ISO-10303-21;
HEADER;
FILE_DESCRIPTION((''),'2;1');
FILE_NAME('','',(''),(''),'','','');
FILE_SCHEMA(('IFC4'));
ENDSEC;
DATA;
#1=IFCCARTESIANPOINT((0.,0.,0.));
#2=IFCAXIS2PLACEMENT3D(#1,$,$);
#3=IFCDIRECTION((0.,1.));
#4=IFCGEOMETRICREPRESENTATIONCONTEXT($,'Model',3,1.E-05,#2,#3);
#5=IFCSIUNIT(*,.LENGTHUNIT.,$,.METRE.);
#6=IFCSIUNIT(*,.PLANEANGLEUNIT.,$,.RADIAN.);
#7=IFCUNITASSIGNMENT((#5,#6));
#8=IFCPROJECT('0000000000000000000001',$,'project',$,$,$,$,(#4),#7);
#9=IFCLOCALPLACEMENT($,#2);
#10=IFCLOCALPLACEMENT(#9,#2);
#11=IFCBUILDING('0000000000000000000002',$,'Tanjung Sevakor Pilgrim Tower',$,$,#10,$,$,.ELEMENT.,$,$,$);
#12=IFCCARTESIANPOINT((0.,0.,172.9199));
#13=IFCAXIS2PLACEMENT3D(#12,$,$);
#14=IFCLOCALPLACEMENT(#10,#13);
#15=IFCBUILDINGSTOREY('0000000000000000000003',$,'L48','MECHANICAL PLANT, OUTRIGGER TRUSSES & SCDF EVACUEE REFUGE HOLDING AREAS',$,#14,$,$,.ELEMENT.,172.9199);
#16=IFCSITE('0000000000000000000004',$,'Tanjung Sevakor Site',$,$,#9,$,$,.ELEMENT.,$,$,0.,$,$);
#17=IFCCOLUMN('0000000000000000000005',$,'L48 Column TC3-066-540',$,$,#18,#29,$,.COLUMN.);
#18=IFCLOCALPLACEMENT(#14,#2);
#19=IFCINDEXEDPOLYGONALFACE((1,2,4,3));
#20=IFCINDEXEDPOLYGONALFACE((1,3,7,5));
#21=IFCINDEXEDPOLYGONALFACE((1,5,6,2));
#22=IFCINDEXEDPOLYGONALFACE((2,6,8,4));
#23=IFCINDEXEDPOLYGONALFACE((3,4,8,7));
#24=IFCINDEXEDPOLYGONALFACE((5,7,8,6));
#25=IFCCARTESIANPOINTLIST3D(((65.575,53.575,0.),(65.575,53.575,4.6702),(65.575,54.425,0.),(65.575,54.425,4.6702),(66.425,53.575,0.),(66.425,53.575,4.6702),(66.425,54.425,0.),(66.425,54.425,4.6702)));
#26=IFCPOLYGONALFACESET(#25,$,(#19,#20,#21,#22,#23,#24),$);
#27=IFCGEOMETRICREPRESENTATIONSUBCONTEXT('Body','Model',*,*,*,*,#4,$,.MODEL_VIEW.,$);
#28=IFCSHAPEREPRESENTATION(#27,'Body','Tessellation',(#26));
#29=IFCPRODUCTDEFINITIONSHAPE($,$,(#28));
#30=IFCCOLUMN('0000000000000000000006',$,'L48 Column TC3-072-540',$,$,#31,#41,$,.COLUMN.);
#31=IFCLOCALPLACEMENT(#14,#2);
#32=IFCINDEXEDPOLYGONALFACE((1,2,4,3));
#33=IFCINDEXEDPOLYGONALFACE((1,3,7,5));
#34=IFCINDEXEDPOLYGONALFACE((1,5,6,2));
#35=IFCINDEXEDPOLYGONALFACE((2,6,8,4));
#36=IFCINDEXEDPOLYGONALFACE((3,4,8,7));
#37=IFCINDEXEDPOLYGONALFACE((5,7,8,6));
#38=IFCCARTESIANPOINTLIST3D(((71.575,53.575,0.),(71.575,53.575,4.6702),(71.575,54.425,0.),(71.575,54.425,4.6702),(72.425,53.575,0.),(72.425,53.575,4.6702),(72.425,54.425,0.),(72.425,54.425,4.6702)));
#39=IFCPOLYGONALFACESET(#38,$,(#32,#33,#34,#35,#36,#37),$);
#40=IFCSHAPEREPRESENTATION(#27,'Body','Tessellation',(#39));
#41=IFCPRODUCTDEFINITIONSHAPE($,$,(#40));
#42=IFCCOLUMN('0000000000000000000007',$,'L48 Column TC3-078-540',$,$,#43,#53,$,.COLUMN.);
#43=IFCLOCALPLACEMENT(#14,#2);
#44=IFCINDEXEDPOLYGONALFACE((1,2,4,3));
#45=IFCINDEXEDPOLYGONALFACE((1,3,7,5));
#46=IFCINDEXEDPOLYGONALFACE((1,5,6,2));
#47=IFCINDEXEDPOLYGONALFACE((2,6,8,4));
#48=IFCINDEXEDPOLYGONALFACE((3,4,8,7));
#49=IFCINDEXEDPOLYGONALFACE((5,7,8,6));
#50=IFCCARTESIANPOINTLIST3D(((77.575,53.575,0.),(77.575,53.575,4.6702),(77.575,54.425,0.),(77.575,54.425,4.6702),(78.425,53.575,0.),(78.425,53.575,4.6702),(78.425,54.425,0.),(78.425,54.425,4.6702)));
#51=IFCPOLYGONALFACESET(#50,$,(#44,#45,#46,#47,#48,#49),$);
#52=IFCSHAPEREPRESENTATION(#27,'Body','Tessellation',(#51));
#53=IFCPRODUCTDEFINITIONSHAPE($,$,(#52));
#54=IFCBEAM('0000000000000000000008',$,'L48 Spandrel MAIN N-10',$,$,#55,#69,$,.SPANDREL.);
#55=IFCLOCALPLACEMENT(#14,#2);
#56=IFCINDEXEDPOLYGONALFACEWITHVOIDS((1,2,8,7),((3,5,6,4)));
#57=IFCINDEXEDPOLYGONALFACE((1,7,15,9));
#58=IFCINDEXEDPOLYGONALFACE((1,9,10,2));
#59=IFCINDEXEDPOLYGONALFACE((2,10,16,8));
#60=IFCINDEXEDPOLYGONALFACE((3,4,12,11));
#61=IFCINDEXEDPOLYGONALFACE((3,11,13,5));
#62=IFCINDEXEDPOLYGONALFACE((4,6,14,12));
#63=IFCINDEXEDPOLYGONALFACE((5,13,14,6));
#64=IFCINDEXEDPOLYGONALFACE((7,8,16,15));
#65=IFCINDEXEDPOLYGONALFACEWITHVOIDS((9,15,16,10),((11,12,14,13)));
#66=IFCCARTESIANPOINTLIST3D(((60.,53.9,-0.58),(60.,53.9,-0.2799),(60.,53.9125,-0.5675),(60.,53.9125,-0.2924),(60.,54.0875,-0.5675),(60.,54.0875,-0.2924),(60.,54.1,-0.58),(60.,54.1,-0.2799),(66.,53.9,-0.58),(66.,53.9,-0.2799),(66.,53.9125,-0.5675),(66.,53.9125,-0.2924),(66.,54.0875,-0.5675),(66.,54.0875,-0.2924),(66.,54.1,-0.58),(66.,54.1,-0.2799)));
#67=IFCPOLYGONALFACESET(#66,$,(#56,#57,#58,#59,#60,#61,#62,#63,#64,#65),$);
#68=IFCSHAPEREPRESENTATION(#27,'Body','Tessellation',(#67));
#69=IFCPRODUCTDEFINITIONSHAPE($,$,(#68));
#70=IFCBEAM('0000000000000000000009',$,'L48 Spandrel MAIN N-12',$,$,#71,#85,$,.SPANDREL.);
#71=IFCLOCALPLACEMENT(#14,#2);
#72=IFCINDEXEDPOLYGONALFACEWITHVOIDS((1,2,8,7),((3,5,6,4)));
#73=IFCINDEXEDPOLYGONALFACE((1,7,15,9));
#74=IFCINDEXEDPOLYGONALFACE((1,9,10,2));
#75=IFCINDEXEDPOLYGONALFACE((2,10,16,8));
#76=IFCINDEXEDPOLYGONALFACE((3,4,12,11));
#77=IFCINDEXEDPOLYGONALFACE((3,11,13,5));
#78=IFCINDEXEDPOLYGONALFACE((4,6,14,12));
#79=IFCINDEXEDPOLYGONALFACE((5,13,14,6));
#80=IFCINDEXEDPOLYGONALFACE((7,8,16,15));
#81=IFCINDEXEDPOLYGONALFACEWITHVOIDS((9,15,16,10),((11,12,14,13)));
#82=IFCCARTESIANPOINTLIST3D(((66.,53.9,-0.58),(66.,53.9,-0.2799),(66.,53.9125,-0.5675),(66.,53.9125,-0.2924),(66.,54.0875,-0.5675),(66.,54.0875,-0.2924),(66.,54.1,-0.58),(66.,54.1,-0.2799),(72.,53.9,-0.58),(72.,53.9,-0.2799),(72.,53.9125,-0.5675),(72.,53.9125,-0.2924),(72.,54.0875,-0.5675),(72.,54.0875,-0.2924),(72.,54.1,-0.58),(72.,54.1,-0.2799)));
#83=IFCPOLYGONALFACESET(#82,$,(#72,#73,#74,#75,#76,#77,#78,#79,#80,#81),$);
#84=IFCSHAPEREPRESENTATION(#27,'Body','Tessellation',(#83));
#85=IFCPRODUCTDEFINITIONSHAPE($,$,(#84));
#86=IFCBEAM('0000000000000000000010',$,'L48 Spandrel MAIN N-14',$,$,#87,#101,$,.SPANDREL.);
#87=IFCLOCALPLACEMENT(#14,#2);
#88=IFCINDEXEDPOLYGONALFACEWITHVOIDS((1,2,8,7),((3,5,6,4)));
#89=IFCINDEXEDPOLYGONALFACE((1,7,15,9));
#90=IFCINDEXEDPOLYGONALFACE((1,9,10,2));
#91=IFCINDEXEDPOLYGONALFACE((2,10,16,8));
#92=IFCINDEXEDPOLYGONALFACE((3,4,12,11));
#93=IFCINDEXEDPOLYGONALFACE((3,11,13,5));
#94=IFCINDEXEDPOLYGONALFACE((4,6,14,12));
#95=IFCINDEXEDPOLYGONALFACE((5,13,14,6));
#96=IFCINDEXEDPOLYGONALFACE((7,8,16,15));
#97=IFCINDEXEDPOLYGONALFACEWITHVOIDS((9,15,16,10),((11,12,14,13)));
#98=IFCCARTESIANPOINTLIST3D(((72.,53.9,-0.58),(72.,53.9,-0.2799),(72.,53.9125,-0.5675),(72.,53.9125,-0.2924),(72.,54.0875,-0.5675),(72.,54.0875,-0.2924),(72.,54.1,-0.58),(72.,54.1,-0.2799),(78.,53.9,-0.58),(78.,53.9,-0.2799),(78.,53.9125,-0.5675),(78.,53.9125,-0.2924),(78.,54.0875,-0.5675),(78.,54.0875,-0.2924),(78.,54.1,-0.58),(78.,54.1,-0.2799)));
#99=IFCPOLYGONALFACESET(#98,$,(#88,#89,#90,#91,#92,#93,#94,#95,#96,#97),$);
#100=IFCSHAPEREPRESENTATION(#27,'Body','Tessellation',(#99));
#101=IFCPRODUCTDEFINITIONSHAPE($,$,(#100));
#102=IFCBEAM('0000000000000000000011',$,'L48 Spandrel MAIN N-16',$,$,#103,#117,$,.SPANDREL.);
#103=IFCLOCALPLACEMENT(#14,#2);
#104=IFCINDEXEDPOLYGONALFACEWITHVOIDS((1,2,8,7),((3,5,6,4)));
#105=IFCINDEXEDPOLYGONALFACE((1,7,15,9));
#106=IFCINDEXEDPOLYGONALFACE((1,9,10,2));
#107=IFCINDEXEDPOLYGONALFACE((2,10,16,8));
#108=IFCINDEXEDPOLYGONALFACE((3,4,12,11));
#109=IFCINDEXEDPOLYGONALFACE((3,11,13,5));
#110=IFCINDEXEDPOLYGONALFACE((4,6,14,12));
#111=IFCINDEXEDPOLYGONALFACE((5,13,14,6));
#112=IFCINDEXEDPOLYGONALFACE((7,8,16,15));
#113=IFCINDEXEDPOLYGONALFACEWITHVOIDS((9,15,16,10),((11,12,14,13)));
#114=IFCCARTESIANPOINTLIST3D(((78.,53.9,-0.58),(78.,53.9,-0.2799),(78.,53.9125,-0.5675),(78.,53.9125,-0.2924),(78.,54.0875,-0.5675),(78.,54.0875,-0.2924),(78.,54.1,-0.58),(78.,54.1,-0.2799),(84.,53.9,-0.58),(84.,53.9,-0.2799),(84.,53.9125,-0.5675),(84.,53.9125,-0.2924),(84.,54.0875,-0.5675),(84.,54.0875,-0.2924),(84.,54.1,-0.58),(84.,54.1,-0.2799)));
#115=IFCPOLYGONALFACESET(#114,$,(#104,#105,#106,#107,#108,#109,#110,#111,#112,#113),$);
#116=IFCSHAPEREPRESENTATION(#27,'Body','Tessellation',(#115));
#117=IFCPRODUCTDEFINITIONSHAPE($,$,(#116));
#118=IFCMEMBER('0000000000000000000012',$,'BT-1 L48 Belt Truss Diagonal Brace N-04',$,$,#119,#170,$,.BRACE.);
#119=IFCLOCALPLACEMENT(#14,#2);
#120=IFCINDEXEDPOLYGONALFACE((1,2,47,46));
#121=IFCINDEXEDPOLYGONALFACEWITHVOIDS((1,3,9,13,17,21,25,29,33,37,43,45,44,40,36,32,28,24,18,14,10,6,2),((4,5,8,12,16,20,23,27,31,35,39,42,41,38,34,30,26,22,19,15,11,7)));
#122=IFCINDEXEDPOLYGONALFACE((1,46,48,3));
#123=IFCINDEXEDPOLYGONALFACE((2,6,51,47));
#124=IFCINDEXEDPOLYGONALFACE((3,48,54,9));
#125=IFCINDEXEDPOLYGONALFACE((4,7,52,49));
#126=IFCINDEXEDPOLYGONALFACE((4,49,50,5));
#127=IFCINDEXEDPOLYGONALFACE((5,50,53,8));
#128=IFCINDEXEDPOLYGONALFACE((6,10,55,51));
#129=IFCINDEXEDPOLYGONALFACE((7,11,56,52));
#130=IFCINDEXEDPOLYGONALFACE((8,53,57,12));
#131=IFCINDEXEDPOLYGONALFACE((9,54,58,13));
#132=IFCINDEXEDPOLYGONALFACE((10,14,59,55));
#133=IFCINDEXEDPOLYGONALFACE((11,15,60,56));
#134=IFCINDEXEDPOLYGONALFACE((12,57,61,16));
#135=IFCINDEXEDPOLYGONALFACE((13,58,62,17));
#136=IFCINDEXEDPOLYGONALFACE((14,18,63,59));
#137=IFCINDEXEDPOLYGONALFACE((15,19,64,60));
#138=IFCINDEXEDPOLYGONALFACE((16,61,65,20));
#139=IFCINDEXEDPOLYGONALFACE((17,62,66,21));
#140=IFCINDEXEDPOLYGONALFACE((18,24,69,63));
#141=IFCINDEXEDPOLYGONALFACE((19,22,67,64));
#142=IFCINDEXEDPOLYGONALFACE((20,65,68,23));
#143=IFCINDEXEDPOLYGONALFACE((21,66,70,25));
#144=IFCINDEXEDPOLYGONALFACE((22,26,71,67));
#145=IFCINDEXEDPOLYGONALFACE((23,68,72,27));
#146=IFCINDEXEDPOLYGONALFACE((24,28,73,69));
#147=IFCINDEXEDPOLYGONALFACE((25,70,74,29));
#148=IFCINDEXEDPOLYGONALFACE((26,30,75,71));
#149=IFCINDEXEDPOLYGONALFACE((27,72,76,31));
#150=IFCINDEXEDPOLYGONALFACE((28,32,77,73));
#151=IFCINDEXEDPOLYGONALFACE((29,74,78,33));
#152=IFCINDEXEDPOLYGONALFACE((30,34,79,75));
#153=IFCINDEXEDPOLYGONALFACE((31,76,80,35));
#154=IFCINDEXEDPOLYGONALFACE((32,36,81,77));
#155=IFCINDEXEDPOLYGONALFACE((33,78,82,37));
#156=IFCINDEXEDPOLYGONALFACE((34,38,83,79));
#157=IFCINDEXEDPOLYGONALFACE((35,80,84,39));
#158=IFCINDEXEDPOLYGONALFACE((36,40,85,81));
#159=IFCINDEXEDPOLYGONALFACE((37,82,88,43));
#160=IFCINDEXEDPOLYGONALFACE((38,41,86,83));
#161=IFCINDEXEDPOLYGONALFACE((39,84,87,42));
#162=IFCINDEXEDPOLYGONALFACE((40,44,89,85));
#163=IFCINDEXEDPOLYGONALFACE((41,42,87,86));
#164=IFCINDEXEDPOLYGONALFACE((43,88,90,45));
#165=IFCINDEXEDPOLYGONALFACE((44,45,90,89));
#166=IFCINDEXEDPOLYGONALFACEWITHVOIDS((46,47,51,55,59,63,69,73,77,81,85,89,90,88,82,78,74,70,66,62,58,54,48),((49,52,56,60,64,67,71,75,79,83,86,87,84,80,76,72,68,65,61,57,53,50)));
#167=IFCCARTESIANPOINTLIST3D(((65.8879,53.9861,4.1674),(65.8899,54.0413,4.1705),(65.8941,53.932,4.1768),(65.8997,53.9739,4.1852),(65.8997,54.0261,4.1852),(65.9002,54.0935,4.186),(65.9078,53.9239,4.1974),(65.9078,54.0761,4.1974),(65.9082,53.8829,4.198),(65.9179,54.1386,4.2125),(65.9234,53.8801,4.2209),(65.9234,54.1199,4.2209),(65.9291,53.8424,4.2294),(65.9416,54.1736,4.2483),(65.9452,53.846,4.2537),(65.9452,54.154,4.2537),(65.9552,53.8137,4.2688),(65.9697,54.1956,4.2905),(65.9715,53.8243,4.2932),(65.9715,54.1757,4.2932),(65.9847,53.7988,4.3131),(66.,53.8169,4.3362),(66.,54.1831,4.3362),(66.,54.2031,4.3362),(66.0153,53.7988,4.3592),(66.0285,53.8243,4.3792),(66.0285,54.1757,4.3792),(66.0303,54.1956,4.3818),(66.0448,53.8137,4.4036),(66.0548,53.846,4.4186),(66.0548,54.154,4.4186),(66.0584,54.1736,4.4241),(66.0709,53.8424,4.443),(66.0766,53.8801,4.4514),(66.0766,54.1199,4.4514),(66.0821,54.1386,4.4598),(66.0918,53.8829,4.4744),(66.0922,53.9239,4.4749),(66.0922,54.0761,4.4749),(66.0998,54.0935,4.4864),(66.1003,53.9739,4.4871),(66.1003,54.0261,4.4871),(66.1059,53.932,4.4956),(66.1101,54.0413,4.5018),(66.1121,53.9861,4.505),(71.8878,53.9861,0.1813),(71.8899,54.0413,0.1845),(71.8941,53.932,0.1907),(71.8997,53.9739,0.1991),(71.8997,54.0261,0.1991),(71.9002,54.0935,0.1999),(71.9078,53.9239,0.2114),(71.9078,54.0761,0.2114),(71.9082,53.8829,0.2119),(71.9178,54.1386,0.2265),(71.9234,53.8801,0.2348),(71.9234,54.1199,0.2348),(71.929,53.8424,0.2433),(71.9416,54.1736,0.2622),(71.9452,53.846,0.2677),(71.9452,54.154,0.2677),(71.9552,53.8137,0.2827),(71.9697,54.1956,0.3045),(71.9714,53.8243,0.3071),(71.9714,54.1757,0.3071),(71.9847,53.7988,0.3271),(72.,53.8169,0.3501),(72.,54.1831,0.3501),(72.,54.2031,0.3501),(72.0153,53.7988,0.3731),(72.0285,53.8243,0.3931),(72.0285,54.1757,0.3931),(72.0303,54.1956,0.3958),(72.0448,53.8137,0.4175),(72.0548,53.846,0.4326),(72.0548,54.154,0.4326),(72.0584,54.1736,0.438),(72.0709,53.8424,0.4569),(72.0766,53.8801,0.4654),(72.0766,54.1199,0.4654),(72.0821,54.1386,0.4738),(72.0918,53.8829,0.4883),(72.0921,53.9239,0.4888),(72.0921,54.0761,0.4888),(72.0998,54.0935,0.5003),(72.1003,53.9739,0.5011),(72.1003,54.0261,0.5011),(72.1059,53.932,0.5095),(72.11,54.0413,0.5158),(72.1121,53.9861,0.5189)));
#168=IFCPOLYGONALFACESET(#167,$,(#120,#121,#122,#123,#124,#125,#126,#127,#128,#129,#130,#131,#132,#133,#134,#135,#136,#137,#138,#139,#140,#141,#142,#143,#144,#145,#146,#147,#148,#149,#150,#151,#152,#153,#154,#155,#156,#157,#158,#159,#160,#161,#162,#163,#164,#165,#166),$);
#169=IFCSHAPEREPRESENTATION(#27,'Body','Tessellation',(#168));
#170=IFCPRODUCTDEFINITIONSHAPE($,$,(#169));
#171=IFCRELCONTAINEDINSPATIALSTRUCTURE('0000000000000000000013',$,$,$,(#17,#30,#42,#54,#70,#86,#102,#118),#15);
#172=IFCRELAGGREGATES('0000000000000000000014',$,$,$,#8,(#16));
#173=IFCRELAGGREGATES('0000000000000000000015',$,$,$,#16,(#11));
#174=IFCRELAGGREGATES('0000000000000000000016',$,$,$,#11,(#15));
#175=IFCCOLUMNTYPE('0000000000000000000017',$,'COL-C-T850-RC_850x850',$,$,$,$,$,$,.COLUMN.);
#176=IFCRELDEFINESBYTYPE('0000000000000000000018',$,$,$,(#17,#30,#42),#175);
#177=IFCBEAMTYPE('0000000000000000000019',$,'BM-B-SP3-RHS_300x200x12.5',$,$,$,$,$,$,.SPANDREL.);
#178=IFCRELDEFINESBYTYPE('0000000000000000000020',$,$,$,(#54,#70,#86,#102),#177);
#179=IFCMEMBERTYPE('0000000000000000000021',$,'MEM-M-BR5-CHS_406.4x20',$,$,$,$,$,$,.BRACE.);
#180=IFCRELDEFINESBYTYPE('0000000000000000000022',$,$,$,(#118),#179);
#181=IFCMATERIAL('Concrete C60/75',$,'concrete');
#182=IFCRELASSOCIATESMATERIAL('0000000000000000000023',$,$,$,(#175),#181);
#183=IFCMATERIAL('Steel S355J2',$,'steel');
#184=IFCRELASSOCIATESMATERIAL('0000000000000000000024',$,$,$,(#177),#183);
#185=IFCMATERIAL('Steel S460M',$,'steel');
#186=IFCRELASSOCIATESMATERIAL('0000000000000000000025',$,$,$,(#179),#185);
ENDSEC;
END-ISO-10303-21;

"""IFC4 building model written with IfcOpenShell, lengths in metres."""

from ifc_helpers import new_model, si_unit, direction, frame, origin, origin_2d, place, context, subcontext, project, spatial, rectangle, hollow_rectangle, hollow_circle, extrude, material, material_profile, profile_set, type_object, element, save


model = new_model("IFC4")

# Units and contexts
model_context = context("Model", 3, precision=1e-05, world=origin(), true_north=direction((0.0, 1.0)))
body_context = subcontext(model_context, "Body", "Model", "MODEL_VIEW")
ifc_project = project(units=[si_unit("LENGTHUNIT", "METRE"), si_unit("PLANEANGLEUNIT", "RADIAN")], contexts=[model_context])

# Site, building, storey
site_placement = place(None, origin())
site = spatial("IfcSite", under=ifc_project, at=site_placement, Name="Tanjung Sevakor Site", CompositionType="ELEMENT", RefElevation=0.0)
building_placement = place(site_placement, origin())
building = spatial("IfcBuilding", under=site, at=building_placement, Name="Tanjung Sevakor Pilgrim Tower", CompositionType="ELEMENT")
storey_placement = place(building_placement, frame((0.0, 0.0, 172.9199)))
storey = spatial("IfcBuildingStorey", under=building, at=storey_placement, Name="L48", Description="MECHANICAL PLANT, OUTRIGGER TRUSSES & SCDF EVACUEE REFUGE HOLDING AREAS", CompositionType="ELEMENT", Elevation=172.9199)

# Columns
ifc_material_1 = material(Name="Concrete C60/75", Category="concrete")
ifc_material_profile_1 = material_profile(ifc_material_1, rectangle(XDim=0.8501, YDim=0.8501, at=origin_2d()))
ifc_profile_set_1 = profile_set([ifc_material_profile_1], Name="Concrete C60/75")
column_type = type_object("IfcColumnType", Name="COL-C-T850-RC_850x850", PredefinedType="COLUMN", material=ifc_profile_set_1)
for number, where, z_axis, x_axis, name in (
    (1, (66.0, 54.0, 0.0), (0.0, 0.0, 1.0), (1.0, 0.0, 0.0), "L48 Column TC3-066-540"),
    (2, (72.0, 54.0, 0.0), (0.0, 0.0, 1.0), (1.0, 0.0, 0.0), "L48 Column TC3-072-540"),
    (3, (78.0, 54.0, 0.0), (0.0, 0.0, 1.0), (1.0, 0.0, 0.0), "L48 Column TC3-078-540"),
):
    element("IfcColumn", number, at=place(storey_placement, frame(where, z_axis=z_axis, x_axis=x_axis)), inside=storey, type_object=column_type, Name=name, PredefinedType="COLUMN", context=body_context, shape_type="SweptSolid", body=[
        extrude(rectangle(XDim=0.8501, YDim=0.8501, at=origin_2d()), origin(), (0.0, 0.0, 1.0), 4.6702),
    ])

# Beams
ifc_material_2 = material(Name="Steel S355J2", Category="steel")
ifc_material_profile_2 = material_profile(ifc_material_2, hollow_rectangle(XDim=0.2, YDim=0.3, WallThickness=0.0125, at=origin_2d()))
ifc_profile_set_2 = profile_set([ifc_material_profile_2], Name="Steel S355J2")
beam_type = type_object("IfcBeamType", Name="BM-B-SP3-RHS_300x200x12.5", PredefinedType="SPANDREL", material=ifc_profile_set_2)
for number, where, z_axis, x_axis, name in (
    (4, (60.0, 54.0, -0.4299), (1.0, 0.0, 0.0), (0.0, 1.0, 0.0), "L48 Spandrel MAIN N-10"),
    (5, (66.0, 54.0, -0.4299), (1.0, 0.0, 0.0), (0.0, 1.0, 0.0), "L48 Spandrel MAIN N-12"),
    (6, (72.0, 54.0, -0.4299), (1.0, 0.0, 0.0), (0.0, 1.0, 0.0), "L48 Spandrel MAIN N-14"),
    (7, (78.0, 54.0, -0.4299), (1.0, 0.0, 0.0), (0.0, 1.0, 0.0), "L48 Spandrel MAIN N-16"),
):
    element("IfcBeam", number, at=place(storey_placement, frame(where, z_axis=z_axis, x_axis=x_axis)), inside=storey, type_object=beam_type, Name=name, PredefinedType="SPANDREL", context=body_context, shape_type="SweptSolid", body=[
        extrude(hollow_rectangle(XDim=0.2, YDim=0.3, WallThickness=0.0125, at=origin_2d()), origin(), (0.0, 0.0, 1.0), 6.0),
    ])

# Member
ifc_material_3 = material(Name="Steel S460M", Category="steel")
ifc_material_profile_3 = material_profile(ifc_material_3, hollow_circle(Radius=0.2031, WallThickness=0.02, at=origin_2d()))
ifc_profile_set_3 = profile_set([ifc_material_profile_3], Name="Steel S460M")
member_type_1 = type_object("IfcMemberType", Name="MEM-M-BR5-CHS_406.4x20", PredefinedType="BRACE", material=ifc_profile_set_3)
for number, where, z_axis, x_axis, name in (
    (8, (66.0, 54.0, 4.3362), (0.832941, 0.0, -0.553362), (0.0, 1.0, 0.0), "BT-1 L48 Belt Truss Diagonal Brace N-04"),
):
    element("IfcMember", number, at=place(storey_placement, frame(where, z_axis=z_axis, x_axis=x_axis)), inside=storey, type_object=member_type_1, Name=name, PredefinedType="BRACE", context=body_context, shape_type="SweptSolid", body=[
        extrude(hollow_circle(Radius=0.2031, WallThickness=0.02, at=origin_2d()), origin(), (0.0, 0.0, 1.0), 7.2034),
    ])

save(model, "model.ifc")
